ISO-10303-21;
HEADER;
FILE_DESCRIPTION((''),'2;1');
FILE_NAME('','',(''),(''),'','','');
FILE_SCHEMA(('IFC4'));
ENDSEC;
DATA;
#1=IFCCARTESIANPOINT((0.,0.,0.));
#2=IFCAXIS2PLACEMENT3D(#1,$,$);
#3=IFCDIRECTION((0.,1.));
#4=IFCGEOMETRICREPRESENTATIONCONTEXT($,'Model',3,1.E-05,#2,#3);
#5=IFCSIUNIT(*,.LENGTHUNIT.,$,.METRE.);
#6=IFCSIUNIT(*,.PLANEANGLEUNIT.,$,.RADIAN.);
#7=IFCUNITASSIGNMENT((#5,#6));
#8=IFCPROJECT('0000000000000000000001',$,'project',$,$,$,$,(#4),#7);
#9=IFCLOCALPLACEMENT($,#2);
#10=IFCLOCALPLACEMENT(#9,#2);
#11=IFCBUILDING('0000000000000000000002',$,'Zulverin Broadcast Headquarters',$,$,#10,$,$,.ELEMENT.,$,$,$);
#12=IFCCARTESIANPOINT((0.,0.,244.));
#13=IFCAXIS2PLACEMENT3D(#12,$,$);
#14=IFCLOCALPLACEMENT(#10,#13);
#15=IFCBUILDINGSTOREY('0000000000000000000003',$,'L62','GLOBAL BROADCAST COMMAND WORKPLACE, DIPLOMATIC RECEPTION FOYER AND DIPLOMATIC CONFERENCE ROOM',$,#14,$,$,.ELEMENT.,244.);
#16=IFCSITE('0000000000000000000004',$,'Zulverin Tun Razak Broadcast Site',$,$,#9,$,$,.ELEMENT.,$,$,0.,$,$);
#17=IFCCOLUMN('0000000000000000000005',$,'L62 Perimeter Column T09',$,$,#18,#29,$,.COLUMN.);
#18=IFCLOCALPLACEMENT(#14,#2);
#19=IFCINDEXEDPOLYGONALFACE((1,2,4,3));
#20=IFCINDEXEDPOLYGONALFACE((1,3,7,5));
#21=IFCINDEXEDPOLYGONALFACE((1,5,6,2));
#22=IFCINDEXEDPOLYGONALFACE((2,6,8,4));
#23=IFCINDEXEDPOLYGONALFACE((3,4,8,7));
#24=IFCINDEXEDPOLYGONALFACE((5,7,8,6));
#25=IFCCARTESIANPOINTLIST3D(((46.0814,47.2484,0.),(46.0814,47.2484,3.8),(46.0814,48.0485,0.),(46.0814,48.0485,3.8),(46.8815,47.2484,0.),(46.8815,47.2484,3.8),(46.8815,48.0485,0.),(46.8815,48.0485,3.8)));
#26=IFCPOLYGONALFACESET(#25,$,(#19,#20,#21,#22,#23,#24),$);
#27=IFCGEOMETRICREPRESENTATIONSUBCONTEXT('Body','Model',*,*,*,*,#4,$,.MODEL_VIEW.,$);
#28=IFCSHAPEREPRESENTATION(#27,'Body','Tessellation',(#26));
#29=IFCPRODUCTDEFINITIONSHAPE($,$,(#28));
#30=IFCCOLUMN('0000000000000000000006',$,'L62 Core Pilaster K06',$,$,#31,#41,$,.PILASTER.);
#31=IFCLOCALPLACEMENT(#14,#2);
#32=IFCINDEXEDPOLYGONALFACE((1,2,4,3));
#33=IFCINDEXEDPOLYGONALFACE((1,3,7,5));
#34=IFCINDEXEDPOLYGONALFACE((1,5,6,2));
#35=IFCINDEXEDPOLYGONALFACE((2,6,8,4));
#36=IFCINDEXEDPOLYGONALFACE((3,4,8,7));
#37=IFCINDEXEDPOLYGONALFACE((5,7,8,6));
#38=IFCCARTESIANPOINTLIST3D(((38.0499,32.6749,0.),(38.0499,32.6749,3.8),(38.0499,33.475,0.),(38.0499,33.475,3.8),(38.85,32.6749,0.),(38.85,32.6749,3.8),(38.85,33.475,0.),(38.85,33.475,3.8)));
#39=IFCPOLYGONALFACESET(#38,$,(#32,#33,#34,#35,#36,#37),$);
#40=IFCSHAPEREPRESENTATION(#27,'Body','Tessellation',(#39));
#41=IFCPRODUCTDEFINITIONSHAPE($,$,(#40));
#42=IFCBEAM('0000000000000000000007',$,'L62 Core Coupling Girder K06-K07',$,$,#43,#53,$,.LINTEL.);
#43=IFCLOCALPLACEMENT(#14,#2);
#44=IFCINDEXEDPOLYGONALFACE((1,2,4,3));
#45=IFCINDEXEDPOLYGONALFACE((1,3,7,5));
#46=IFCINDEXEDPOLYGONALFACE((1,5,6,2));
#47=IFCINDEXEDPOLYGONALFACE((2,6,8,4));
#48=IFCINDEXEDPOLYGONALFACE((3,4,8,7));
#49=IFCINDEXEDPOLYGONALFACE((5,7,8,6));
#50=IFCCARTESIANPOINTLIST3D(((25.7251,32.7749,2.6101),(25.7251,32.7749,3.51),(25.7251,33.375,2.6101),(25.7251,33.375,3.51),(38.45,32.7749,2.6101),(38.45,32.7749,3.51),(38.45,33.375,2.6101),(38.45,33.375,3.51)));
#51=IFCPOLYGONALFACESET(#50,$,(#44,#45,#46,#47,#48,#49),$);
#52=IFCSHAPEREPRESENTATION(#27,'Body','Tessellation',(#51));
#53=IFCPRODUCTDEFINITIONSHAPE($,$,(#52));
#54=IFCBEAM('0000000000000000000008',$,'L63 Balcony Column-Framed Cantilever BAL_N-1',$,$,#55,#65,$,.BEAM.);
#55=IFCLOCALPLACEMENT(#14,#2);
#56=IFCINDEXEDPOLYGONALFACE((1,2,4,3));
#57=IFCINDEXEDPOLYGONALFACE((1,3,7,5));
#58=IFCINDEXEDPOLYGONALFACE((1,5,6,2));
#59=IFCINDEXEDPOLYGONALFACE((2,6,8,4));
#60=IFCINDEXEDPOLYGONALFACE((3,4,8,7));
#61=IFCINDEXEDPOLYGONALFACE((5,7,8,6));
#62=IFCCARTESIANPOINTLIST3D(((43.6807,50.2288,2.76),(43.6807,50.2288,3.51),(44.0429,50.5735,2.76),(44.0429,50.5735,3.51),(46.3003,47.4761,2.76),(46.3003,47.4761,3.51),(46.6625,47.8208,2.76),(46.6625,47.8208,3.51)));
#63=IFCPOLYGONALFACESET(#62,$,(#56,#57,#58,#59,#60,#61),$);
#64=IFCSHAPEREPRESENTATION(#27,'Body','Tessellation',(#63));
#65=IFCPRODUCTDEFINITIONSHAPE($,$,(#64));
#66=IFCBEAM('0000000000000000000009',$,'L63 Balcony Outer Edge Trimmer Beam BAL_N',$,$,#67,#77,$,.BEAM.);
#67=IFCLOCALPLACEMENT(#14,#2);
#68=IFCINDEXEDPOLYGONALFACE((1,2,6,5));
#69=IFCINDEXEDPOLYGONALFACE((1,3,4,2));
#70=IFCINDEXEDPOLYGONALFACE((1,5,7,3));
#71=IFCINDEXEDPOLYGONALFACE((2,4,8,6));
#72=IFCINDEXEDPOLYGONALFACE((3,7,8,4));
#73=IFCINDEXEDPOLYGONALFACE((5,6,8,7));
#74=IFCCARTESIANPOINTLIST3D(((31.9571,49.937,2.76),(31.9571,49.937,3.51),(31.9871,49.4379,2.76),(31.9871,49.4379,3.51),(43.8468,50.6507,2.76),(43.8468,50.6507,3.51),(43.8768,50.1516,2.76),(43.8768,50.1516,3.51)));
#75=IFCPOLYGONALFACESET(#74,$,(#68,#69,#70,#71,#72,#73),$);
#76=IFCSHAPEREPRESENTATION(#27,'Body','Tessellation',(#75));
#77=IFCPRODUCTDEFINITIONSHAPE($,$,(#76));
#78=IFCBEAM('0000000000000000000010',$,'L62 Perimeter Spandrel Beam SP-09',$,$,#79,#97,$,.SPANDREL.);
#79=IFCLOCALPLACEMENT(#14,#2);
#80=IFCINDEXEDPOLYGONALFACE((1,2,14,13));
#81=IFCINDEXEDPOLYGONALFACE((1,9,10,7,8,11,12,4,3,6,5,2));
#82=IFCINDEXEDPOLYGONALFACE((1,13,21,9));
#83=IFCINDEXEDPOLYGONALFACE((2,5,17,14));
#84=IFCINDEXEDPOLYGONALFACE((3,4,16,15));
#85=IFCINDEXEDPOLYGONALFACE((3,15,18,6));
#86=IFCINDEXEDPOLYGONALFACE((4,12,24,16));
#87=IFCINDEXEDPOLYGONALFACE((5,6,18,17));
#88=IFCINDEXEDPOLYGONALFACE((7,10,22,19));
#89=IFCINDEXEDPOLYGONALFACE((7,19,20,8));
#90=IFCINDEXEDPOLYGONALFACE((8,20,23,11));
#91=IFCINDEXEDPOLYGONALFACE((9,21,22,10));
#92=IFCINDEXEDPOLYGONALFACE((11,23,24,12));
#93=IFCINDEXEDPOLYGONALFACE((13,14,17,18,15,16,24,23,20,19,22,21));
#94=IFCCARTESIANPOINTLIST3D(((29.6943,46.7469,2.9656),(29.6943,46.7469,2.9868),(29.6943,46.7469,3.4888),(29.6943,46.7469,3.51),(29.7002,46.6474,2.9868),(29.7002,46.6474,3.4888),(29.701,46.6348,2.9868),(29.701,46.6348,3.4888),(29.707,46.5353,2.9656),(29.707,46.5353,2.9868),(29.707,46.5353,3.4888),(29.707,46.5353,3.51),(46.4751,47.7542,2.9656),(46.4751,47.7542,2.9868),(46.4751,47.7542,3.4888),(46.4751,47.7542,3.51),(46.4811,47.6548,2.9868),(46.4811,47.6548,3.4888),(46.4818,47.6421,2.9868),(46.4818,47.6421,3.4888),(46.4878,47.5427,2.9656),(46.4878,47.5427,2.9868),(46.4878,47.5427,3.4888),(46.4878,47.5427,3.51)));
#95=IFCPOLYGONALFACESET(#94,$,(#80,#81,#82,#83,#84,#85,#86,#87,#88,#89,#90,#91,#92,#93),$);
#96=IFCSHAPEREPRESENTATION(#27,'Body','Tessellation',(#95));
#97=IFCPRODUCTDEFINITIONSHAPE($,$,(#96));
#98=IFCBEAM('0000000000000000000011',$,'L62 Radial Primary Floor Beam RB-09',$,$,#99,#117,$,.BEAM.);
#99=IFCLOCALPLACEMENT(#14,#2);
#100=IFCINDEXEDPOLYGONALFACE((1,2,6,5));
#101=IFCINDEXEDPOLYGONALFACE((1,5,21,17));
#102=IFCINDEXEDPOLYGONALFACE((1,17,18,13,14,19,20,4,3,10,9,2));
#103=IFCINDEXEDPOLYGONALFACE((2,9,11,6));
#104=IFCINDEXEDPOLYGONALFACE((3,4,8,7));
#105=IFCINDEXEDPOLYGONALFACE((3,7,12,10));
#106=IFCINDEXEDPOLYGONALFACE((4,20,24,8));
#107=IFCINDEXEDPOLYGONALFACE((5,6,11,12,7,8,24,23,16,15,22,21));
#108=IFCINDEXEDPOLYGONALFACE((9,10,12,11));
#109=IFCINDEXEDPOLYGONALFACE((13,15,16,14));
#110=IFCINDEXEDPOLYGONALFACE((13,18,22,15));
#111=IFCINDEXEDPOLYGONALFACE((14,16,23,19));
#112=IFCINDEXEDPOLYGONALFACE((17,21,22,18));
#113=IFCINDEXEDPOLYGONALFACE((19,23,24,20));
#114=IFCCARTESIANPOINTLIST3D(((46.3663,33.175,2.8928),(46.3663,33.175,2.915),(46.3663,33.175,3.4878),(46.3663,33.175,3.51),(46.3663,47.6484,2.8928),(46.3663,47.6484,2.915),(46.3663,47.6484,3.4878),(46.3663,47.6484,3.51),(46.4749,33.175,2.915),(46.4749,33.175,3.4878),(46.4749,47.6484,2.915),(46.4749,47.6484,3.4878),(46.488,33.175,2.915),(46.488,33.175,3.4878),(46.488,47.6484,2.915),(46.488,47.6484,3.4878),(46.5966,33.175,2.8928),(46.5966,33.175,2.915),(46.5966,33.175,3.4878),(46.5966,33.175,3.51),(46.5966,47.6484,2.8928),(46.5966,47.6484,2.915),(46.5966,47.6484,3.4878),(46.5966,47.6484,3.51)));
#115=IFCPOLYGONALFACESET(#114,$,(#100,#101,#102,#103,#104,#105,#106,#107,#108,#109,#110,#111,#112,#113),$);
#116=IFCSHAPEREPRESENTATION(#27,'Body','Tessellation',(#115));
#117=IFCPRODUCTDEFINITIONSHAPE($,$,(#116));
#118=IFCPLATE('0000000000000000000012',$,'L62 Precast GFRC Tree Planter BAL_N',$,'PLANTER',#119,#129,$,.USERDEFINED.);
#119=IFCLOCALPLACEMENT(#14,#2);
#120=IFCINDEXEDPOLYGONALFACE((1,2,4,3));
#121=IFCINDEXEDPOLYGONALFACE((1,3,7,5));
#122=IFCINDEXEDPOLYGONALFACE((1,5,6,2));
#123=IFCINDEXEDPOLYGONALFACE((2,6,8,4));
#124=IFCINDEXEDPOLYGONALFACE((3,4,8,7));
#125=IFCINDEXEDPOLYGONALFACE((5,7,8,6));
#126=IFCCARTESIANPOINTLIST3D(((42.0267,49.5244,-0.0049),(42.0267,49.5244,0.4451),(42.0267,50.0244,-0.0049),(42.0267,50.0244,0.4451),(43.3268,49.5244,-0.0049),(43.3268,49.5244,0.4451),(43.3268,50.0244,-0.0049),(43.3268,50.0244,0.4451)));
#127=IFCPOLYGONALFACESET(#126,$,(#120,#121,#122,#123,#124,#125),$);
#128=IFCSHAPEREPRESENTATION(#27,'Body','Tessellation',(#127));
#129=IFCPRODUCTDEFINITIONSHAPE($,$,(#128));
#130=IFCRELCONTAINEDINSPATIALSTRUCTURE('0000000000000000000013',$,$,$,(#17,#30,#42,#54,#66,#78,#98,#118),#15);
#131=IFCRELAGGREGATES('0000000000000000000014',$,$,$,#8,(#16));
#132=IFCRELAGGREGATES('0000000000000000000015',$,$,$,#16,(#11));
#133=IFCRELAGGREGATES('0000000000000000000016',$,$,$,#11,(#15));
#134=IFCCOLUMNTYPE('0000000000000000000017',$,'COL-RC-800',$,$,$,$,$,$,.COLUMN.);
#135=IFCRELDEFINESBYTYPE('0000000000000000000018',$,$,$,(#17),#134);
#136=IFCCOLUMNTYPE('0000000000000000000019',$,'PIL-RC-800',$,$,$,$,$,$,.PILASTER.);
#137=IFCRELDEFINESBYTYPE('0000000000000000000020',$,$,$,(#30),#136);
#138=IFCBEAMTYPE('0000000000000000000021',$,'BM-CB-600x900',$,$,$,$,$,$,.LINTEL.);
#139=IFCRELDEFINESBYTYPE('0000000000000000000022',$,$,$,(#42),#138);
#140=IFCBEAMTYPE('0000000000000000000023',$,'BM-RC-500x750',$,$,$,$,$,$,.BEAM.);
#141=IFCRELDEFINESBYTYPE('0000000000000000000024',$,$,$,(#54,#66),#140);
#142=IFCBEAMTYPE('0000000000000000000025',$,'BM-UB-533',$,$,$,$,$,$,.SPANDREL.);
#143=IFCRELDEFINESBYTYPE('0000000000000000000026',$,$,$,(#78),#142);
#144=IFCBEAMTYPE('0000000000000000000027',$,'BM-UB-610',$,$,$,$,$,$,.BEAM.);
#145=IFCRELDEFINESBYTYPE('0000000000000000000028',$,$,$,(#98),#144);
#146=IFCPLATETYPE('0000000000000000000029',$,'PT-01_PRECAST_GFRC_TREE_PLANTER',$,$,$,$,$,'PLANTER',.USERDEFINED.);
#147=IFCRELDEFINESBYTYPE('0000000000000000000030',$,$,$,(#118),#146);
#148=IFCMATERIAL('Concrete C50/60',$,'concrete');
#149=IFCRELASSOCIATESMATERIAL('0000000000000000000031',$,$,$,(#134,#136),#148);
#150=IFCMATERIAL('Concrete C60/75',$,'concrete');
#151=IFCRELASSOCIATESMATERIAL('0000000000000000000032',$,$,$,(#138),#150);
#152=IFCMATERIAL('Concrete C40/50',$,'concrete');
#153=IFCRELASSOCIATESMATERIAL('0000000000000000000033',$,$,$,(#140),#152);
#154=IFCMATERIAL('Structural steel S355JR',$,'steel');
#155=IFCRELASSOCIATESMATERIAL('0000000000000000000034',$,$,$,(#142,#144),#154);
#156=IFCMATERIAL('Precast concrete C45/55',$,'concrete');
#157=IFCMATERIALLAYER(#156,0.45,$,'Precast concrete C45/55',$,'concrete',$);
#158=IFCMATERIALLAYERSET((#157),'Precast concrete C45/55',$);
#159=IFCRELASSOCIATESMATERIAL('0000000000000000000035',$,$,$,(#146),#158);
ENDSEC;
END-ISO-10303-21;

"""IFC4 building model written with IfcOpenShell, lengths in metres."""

from ifc_helpers import new_model, si_unit, direction, frame, origin, origin_2d, place, context, subcontext, project, spatial, rectangle, i_section, extrude, material, layer, layer_set, material_profile, profile_set, type_object, element, save


model = new_model("IFC4")

# Units and contexts
model_context = context("Model", 3, precision=1e-05, world=origin(), true_north=direction((0.0, 1.0)))
body_context = subcontext(model_context, "Body", "Model", "MODEL_VIEW")
ifc_project = project(units=[si_unit("LENGTHUNIT", "METRE"), si_unit("PLANEANGLEUNIT", "RADIAN")], contexts=[model_context])

# Site, building, storey
site_placement = place(None, origin())
site = spatial("IfcSite", under=ifc_project, at=site_placement, Name="Zulverin Tun Razak Broadcast Site", CompositionType="ELEMENT", RefElevation=0.0)
building_placement = place(site_placement, origin())
building = spatial("IfcBuilding", under=site, at=building_placement, Name="Zulverin Broadcast Headquarters", CompositionType="ELEMENT")
storey_placement = place(building_placement, frame((0.0, 0.0, 244.0)))
storey = spatial("IfcBuildingStorey", under=building, at=storey_placement, Name="L62", Description="GLOBAL BROADCAST COMMAND WORKPLACE, DIPLOMATIC RECEPTION FOYER AND DIPLOMATIC CONFERENCE ROOM", CompositionType="ELEMENT", Elevation=244.0)

# Columns
ifc_material_1 = material(Name="Concrete C50/60", Category="concrete")
ifc_material_profile_1 = material_profile(ifc_material_1, rectangle(XDim=0.8, YDim=0.8, at=origin_2d()), Name="Concrete C50/60", Category="concrete")
ifc_profile_set_1 = profile_set([ifc_material_profile_1], Name="Concrete C50/60")
column_type_1 = type_object("IfcColumnType", Name="COL-RC-800", PredefinedType="COLUMN", material=ifc_profile_set_1)
column_1_placement = place(storey_placement, frame((46.4814, 47.6484, 0.0), z_axis=(0.0, 0.0, 1.0), x_axis=(1.0, 0.0, 0.0)))
element("IfcColumn", 1, at=column_1_placement, inside=storey, type_object=column_type_1, Name="L62 Perimeter Column T09", PredefinedType="COLUMN", context=body_context, shape_type="SweptSolid", body=[
    extrude(rectangle(XDim=0.8, YDim=0.8, at=origin_2d()), origin(), (0.0, 0.0, 1.0), 3.8),
])
ifc_material_profile_2 = material_profile(ifc_material_1, rectangle(XDim=0.8, YDim=0.8, at=origin_2d()), Name="Concrete C50/60", Category="concrete")
ifc_profile_set_2 = profile_set([ifc_material_profile_2], Name="Concrete C50/60")
column_type_2 = type_object("IfcColumnType", Name="PIL-RC-800", PredefinedType="PILASTER", material=ifc_profile_set_2)
column_2_placement = place(storey_placement, frame((38.45, 33.075, 0.0), z_axis=(0.0, 0.0, 1.0), x_axis=(1.0, 0.0, 0.0)))
element("IfcColumn", 2, at=column_2_placement, inside=storey, type_object=column_type_2, Name="L62 Core Pilaster K06", PredefinedType="PILASTER", context=body_context, shape_type="SweptSolid", body=[
    extrude(rectangle(XDim=0.8, YDim=0.8, at=origin_2d()), origin(), (0.0, 0.0, 1.0), 3.8),
])

# Beams
ifc_material_2 = material(Name="Concrete C60/75", Category="concrete")
ifc_material_profile_3 = material_profile(ifc_material_2, rectangle(XDim=0.6001, YDim=0.8999, at=origin_2d()), Name="Concrete C60/75", Category="concrete")
ifc_profile_set_3 = profile_set([ifc_material_profile_3], Name="Concrete C60/75")
beam_type_1 = type_object("IfcBeamType", Name="BM-CB-600x900", PredefinedType="LINTEL", material=ifc_profile_set_3)
beam_1_placement = place(storey_placement, frame((38.45, 33.075, 3.0601), z_axis=(-1.0, 0.0, 0.0), x_axis=(0.0, -1.0, 0.0)))
element("IfcBeam", 3, at=beam_1_placement, inside=storey, type_object=beam_type_1, Name="L62 Core Coupling Girder K06-K07", PredefinedType="LINTEL", context=body_context, shape_type="SweptSolid", body=[
    extrude(rectangle(XDim=0.6001, YDim=0.8999, at=origin_2d()), origin(), (0.0, 0.0, 1.0), 12.7249),
])
ifc_material_3 = material(Name="Concrete C40/50", Category="concrete")
ifc_material_profile_4 = material_profile(ifc_material_3, rectangle(XDim=0.5, YDim=0.75, at=origin_2d()), Name="Concrete C40/50", Category="concrete")
ifc_profile_set_4 = profile_set([ifc_material_profile_4], Name="Concrete C40/50")
beam_type_2 = type_object("IfcBeamType", Name="BM-RC-500x750", PredefinedType="BEAM", material=ifc_profile_set_4)
beam_2_placement = place(storey_placement, frame((46.4814, 47.6484, 3.135), z_axis=(-0.689382, 0.724398, 0.0), x_axis=(-0.724398, -0.689382, 0.0)))
element("IfcBeam", 4, at=beam_2_placement, inside=storey, type_object=beam_type_2, Name="L63 Balcony Column-Framed Cantilever BAL_N-1", PredefinedType="BEAM", context=body_context, shape_type="SweptSolid", body=[
    extrude(rectangle(XDim=0.5, YDim=0.75, at=origin_2d()), origin(), (0.0, 0.0, 1.0), 3.8),
])
beam_3_placement = place(storey_placement, frame((43.8618, 50.4011, 3.135), z_axis=(-0.998204, -0.059913, 0.0), x_axis=(0.059913, -0.998204, 0.0)))
element("IfcBeam", 5, at=beam_3_placement, inside=storey, type_object=beam_type_2, Name="L63 Balcony Outer Edge Trimmer Beam BAL_N", PredefinedType="BEAM", context=body_context, shape_type="SweptSolid", body=[
    extrude(rectangle(XDim=0.5, YDim=0.75, at=origin_2d()), origin(), (0.0, 0.0, 1.0), 11.9111),
])
ifc_material_4 = material(Name="Structural steel S355JR", Category="steel")
ifc_material_profile_5 = material_profile(ifc_material_4, i_section(OverallWidth=0.2119, OverallDepth=0.5444, WebThickness=0.0127, FlangeThickness=0.0212, at=origin_2d()), Name="Structural steel S355JR", Category="steel")
ifc_profile_set_5 = profile_set([ifc_material_profile_5], Name="Structural steel S355JR")
beam_type_3 = type_object("IfcBeamType", Name="BM-UB-533", PredefinedType="SPANDREL", material=ifc_profile_set_5)
beam_4_placement = place(storey_placement, frame((46.4814, 47.6484, 3.2378), z_axis=(-0.998203, -0.059921, 0.0), x_axis=(0.059921, -0.998203, 0.0)))
element("IfcBeam", 6, at=beam_4_placement, inside=storey, type_object=beam_type_3, Name="L62 Perimeter Spandrel Beam SP-09", PredefinedType="SPANDREL", context=body_context, shape_type="SweptSolid", body=[
    extrude(i_section(OverallWidth=0.2119, OverallDepth=0.5444, WebThickness=0.0127, FlangeThickness=0.0212, at=origin_2d()), origin(), (0.0, 0.0, 1.0), 16.811),
])
ifc_material_profile_6 = material_profile(ifc_material_4, i_section(OverallWidth=0.2302, OverallDepth=0.6172, WebThickness=0.0132, FlangeThickness=0.0222, at=origin_2d()), Name="Structural steel S355JR", Category="steel")
ifc_profile_set_6 = profile_set([ifc_material_profile_6], Name="Structural steel S355JR")
beam_type_4 = type_object("IfcBeamType", Name="BM-UB-610", PredefinedType="BEAM", material=ifc_profile_set_6)
beam_5_placement = place(storey_placement, frame((46.4814, 33.175, 3.2014), z_axis=(0.0, 1.0, 0.0), x_axis=(-1.0, 0.0, 0.0)))
element("IfcBeam", 7, at=beam_5_placement, inside=storey, type_object=beam_type_4, Name="L62 Radial Primary Floor Beam RB-09", PredefinedType="BEAM", context=body_context, shape_type="SweptSolid", body=[
    extrude(i_section(OverallWidth=0.2302, OverallDepth=0.6172, WebThickness=0.0132, FlangeThickness=0.0222, at=origin_2d()), origin(), (0.0, 0.0, 1.0), 14.4734),
])

# Plate
ifc_material_5 = material(Name="Precast concrete C45/55", Category="concrete")
ifc_layer_1 = layer(ifc_material_5, 0.45, Name="Precast concrete C45/55", Category="concrete")
ifc_layer_set_1 = layer_set([ifc_layer_1], Name="Precast concrete C45/55")
plate_type = type_object("IfcPlateType", Name="PT-01_PRECAST_GFRC_TREE_PLANTER", ElementType="PLANTER", PredefinedType="USERDEFINED", material=ifc_layer_set_1)
plate_placement = place(storey_placement, frame((42.6768, 49.7744, -0.0049), z_axis=(0.0, 0.0, 1.0), x_axis=(1.0, 0.0, 0.0)))
element("IfcPlate", 8, at=plate_placement, inside=storey, type_object=plate_type, Name="L62 Precast GFRC Tree Planter BAL_N", ObjectType="PLANTER", PredefinedType="USERDEFINED", context=body_context, shape_type="SweptSolid", body=[
    extrude(rectangle(XDim=1.3, YDim=0.5, at=origin_2d()), origin(), (0.0, 0.0, 1.0), 0.45),
])

save(model, "model.ifc")
